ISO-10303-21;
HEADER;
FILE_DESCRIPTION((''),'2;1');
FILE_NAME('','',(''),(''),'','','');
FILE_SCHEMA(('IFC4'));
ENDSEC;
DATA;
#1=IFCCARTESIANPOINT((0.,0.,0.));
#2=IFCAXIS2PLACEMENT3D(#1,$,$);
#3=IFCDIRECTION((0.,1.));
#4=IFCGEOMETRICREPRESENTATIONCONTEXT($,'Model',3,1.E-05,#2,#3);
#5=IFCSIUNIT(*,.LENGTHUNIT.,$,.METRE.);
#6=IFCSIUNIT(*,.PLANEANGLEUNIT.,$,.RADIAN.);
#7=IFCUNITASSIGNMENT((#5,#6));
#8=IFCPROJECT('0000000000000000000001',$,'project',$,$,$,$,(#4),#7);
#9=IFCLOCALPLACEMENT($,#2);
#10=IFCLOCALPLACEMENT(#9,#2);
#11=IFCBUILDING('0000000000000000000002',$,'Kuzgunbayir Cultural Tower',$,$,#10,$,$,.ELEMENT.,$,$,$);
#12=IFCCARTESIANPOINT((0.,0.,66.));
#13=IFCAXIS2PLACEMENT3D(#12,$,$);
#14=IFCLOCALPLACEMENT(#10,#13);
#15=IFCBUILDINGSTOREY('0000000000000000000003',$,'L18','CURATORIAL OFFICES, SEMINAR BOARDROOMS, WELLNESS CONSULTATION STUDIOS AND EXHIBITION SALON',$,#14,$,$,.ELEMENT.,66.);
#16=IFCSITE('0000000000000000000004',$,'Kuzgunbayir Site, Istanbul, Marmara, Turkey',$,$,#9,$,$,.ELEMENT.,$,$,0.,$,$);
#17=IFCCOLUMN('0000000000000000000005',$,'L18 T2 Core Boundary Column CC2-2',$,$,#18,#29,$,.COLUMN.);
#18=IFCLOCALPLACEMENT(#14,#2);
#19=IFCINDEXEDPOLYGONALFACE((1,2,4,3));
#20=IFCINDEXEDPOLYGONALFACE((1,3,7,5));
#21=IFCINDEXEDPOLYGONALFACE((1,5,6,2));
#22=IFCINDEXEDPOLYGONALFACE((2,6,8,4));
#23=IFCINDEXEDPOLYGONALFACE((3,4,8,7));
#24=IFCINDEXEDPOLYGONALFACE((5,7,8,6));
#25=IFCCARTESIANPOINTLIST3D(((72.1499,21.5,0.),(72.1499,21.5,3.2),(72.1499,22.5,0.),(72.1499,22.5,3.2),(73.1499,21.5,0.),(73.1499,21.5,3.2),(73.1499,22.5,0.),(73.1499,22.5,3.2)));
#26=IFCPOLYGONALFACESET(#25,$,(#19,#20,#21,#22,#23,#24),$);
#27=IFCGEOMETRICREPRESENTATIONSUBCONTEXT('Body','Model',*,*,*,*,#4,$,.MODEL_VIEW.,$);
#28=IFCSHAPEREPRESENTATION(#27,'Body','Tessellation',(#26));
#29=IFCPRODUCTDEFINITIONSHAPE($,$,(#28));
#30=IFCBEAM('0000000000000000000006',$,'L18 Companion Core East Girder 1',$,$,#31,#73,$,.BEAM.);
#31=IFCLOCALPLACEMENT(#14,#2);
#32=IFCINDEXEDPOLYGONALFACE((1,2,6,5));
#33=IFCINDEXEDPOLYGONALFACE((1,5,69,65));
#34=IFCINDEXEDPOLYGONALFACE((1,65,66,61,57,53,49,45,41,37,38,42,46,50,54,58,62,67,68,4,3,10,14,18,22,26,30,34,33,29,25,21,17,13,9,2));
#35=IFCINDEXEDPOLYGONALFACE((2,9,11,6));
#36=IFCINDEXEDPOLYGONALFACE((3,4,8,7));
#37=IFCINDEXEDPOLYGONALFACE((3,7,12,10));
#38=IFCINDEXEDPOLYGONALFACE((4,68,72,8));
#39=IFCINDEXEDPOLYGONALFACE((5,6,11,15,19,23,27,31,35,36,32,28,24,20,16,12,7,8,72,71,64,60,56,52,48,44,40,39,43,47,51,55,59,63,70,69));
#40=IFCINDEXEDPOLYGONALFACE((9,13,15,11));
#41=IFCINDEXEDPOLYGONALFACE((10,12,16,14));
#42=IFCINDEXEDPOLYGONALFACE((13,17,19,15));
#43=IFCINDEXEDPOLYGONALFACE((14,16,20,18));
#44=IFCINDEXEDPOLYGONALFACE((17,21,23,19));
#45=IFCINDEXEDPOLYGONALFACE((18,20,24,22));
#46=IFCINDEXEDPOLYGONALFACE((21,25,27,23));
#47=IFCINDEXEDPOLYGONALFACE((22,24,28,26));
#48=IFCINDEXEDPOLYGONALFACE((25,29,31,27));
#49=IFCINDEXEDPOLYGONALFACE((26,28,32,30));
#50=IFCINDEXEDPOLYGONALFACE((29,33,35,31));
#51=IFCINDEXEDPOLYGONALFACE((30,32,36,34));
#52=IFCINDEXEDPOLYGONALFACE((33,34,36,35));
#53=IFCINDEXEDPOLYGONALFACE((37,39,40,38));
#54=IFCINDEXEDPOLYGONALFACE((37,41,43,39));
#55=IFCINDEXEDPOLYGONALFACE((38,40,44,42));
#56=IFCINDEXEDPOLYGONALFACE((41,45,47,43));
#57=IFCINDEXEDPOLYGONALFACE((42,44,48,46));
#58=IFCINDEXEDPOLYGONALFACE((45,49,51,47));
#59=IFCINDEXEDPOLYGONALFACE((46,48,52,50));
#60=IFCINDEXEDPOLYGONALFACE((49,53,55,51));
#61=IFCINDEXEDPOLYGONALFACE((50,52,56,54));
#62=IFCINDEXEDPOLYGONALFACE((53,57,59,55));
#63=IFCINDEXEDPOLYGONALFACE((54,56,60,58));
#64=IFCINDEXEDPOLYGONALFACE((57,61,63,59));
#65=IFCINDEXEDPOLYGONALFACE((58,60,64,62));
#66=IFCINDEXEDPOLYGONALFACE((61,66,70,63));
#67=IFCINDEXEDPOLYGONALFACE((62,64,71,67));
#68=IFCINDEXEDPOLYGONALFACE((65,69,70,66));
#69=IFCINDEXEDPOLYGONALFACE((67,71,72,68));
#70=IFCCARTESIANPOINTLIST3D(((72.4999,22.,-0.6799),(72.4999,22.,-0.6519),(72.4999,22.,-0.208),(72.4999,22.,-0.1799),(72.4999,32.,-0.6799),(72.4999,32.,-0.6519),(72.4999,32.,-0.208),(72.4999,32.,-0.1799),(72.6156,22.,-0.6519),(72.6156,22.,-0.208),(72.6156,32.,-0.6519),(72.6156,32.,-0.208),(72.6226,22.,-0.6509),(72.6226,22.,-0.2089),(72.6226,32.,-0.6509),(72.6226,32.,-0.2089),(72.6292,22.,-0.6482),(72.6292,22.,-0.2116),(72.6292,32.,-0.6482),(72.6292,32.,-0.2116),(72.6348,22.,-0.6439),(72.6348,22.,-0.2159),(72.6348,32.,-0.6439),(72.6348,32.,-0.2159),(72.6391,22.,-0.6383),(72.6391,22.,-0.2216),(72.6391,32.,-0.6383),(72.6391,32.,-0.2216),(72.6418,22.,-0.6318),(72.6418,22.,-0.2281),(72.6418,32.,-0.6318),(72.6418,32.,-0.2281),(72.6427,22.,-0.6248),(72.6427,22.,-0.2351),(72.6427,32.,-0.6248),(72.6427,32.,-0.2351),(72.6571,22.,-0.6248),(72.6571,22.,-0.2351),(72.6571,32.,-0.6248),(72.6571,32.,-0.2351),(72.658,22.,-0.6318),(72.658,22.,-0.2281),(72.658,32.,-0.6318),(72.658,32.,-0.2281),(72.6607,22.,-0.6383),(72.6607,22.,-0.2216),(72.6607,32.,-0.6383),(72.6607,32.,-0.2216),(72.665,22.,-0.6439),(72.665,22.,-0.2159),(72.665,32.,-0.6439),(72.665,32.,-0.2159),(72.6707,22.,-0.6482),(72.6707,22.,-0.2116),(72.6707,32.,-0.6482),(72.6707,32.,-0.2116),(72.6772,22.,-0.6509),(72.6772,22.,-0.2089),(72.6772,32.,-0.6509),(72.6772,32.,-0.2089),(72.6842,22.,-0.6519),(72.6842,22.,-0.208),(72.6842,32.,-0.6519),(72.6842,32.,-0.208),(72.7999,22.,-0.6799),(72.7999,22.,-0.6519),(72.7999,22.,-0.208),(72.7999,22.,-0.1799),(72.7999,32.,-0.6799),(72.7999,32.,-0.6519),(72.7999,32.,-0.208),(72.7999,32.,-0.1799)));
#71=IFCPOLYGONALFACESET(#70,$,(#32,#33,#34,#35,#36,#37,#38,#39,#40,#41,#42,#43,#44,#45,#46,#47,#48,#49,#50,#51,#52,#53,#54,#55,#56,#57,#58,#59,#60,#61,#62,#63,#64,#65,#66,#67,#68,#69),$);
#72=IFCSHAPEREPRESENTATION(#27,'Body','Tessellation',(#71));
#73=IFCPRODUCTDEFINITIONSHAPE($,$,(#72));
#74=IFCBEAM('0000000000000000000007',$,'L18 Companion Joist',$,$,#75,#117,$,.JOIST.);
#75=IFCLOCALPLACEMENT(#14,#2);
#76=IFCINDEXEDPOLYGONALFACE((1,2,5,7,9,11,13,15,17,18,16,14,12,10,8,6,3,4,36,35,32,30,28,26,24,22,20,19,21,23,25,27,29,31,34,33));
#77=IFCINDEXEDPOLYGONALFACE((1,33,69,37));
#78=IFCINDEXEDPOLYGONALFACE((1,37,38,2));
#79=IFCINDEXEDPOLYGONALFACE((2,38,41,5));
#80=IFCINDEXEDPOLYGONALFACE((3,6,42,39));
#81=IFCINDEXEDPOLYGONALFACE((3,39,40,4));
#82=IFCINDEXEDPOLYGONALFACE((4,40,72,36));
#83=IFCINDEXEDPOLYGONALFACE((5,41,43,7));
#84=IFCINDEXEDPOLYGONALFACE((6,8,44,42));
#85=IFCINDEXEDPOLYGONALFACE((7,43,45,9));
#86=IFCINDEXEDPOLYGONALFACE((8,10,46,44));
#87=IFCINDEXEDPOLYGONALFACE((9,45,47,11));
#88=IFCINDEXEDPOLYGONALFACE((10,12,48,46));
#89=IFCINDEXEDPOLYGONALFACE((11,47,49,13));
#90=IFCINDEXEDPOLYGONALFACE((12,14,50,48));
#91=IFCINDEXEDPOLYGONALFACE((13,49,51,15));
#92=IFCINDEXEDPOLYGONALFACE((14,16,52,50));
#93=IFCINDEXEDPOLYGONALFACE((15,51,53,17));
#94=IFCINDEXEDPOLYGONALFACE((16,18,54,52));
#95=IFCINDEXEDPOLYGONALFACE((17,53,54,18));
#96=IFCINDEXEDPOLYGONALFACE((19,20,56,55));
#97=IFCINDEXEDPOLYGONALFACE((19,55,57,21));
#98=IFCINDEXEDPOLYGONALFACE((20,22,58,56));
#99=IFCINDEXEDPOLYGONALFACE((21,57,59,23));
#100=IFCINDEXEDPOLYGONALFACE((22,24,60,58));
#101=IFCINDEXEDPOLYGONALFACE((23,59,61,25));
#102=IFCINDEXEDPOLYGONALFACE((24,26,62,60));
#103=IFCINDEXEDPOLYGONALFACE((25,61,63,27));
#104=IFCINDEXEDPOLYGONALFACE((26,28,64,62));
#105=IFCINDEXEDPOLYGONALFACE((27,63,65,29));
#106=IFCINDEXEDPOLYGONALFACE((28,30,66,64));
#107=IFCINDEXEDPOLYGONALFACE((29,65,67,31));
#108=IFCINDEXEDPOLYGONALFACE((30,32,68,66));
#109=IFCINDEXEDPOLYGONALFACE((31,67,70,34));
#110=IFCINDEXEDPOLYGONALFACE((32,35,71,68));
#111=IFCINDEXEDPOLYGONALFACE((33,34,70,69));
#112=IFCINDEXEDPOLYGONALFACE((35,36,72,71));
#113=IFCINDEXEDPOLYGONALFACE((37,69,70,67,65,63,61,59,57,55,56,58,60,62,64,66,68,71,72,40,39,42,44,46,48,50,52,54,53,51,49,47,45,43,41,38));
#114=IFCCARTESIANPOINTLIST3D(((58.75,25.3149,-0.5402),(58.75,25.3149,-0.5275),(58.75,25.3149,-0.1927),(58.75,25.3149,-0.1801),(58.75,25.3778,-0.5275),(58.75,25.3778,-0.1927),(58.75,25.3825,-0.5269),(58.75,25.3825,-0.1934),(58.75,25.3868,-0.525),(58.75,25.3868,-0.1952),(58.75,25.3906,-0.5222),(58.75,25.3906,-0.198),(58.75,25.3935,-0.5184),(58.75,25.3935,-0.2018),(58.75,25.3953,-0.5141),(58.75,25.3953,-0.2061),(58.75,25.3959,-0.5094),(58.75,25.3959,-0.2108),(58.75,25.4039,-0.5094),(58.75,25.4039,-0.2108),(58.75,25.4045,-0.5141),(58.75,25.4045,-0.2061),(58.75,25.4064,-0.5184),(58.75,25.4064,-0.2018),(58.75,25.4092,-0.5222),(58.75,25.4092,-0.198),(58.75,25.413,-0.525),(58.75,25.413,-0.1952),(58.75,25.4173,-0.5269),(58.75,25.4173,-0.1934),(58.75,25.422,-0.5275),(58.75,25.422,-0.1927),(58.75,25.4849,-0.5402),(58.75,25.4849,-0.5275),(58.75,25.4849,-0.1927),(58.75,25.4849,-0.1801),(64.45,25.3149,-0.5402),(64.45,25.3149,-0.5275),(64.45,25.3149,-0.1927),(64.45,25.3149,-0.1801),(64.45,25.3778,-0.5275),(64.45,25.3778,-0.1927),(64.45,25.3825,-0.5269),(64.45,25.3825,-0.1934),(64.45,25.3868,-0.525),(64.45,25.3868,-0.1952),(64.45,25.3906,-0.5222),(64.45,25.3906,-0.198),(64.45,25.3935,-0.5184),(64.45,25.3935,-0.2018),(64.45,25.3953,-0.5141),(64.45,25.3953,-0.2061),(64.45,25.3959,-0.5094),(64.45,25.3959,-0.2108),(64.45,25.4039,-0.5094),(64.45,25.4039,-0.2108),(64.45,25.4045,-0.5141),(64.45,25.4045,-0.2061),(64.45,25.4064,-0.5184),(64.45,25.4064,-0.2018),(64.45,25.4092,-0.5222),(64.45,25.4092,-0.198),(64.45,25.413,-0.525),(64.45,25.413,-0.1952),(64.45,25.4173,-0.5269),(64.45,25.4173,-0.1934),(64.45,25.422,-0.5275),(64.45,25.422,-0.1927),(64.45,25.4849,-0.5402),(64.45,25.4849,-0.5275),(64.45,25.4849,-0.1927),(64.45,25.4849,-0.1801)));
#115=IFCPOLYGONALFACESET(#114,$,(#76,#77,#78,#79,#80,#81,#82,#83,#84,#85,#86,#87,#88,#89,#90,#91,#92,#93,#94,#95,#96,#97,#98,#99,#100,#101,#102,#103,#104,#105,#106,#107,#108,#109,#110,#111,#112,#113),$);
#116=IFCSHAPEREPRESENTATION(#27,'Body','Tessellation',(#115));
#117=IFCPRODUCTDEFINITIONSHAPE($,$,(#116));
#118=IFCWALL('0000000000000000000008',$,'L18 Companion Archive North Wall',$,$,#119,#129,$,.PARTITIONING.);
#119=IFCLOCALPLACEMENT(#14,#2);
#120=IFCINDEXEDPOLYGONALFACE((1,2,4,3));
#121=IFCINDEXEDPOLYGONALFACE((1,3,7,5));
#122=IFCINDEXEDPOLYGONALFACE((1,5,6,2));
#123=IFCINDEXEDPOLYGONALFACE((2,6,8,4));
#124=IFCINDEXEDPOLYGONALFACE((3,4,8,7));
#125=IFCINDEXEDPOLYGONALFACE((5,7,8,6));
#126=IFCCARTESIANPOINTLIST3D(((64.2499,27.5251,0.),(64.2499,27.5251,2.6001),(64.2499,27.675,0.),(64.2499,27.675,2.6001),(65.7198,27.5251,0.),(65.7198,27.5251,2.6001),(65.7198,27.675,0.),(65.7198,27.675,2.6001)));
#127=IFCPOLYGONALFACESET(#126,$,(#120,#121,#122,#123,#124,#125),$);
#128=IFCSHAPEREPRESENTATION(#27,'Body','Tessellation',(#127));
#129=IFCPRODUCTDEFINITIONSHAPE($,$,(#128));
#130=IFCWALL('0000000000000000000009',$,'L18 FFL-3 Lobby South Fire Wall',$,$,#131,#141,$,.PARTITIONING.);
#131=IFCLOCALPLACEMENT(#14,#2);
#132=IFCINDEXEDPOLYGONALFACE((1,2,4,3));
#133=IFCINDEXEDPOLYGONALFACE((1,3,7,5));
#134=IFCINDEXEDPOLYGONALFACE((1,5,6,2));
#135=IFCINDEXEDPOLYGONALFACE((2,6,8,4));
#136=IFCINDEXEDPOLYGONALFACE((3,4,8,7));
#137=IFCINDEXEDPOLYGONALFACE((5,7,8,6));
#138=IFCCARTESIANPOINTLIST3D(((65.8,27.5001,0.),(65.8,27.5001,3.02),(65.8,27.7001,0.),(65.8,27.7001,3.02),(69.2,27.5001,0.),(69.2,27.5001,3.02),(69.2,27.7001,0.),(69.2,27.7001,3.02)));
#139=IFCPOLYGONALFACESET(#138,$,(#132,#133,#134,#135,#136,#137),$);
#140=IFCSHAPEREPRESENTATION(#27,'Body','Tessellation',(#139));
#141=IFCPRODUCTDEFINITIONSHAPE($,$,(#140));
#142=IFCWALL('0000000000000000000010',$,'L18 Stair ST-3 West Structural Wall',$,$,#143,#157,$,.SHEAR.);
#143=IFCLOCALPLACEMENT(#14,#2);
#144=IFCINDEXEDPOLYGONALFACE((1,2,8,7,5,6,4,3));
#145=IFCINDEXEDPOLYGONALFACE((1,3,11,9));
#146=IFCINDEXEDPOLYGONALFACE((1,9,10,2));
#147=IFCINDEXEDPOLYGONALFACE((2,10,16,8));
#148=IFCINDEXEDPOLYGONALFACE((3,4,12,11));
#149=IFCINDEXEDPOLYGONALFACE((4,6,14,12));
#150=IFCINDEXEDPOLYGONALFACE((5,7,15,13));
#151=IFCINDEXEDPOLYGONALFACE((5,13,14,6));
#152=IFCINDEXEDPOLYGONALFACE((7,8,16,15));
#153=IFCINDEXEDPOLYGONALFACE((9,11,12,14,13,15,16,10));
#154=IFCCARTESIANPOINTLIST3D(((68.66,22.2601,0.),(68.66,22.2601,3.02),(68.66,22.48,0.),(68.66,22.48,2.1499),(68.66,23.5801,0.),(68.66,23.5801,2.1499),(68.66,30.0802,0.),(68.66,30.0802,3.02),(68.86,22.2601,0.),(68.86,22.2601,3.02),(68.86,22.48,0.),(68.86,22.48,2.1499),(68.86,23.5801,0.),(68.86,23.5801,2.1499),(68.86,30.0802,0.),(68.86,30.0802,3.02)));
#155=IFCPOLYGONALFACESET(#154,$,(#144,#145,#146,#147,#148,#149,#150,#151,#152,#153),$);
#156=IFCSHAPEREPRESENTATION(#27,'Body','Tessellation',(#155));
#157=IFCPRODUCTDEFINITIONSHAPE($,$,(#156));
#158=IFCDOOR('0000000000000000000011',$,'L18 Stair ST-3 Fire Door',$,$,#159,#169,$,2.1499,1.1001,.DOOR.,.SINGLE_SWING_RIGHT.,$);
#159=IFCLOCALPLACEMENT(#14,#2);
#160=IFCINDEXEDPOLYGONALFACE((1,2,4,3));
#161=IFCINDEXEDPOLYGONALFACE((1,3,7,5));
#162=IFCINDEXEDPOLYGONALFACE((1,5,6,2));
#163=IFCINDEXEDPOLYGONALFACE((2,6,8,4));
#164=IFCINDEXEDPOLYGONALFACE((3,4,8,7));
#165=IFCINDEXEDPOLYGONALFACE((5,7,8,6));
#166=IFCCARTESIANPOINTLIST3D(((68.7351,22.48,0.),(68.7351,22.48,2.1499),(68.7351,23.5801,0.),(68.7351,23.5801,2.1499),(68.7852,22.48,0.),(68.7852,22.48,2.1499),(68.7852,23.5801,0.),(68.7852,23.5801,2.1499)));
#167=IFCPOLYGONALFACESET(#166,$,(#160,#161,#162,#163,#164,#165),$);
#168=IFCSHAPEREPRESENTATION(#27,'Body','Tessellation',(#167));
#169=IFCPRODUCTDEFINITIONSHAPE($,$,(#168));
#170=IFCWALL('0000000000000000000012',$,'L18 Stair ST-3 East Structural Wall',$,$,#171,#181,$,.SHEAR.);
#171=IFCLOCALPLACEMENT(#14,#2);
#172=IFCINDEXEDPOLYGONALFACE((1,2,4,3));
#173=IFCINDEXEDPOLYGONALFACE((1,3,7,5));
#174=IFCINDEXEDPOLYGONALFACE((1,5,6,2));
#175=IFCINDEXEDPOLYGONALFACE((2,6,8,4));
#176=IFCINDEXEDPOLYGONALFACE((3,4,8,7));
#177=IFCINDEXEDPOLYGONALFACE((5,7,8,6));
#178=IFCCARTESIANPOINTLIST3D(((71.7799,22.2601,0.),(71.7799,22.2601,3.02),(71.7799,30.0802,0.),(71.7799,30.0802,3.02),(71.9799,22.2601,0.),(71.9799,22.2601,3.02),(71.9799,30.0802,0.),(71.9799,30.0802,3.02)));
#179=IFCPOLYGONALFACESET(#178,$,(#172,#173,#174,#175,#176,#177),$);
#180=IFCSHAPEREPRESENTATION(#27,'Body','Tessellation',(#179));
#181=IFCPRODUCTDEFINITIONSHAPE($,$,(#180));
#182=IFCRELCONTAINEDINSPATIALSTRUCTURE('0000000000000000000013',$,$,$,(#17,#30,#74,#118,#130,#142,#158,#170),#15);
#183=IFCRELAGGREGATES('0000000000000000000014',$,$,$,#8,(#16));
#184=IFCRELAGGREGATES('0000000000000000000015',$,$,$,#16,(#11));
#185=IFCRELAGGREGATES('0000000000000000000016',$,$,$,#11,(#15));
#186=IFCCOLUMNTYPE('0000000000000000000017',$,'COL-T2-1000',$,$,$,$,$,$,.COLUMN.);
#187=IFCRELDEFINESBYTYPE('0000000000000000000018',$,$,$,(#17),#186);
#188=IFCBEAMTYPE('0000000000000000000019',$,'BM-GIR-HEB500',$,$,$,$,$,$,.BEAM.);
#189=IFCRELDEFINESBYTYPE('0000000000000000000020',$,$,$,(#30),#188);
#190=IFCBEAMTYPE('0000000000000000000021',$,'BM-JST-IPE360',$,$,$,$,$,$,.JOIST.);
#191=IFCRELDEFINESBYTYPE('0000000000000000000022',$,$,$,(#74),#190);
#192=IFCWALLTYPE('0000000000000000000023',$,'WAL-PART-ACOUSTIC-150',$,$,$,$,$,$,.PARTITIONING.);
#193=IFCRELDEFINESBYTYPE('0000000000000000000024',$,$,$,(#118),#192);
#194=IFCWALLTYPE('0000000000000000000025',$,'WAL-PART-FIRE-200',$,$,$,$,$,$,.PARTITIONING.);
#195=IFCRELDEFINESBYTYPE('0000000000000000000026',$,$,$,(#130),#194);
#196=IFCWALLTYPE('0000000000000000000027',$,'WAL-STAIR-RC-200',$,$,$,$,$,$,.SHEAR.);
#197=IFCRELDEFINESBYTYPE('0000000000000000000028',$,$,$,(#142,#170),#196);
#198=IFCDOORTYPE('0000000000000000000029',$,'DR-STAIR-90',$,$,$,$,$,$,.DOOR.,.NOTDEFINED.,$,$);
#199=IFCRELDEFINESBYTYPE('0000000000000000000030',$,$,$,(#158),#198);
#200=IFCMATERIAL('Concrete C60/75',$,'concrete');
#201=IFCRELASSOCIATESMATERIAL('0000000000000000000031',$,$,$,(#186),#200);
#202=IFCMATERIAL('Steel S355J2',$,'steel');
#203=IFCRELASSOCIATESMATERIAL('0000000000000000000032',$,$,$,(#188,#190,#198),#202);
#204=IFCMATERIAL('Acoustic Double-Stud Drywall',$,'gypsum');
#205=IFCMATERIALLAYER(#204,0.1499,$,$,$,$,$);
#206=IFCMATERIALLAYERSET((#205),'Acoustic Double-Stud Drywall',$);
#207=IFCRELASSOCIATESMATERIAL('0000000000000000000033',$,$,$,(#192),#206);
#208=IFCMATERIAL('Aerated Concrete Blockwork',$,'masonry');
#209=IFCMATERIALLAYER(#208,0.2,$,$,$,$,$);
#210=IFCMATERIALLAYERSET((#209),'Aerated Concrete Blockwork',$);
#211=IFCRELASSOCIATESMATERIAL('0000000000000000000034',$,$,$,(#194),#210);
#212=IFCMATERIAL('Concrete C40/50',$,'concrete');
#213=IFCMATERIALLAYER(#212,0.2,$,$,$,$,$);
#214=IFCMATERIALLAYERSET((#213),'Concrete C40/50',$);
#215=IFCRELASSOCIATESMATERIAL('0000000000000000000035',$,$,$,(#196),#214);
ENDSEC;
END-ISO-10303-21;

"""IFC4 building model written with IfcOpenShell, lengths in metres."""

from ifc_helpers import new_model, si_unit, direction, frame, frame_2d, origin, origin_2d, place, context, subcontext, project, spatial, rectangle, i_section, extrude, material, layer, layer_set, material_profile, profile_set, type_object, element, fill, save


model = new_model("IFC4")

# Units and contexts
model_context = context("Model", 3, precision=1e-05, world=origin(), true_north=direction((0.0, 1.0)))
body_context = subcontext(model_context, "Body", "Model", "MODEL_VIEW")
ifc_project = project(units=[si_unit("LENGTHUNIT", "METRE"), si_unit("PLANEANGLEUNIT", "RADIAN")], contexts=[model_context])

# Site, building, storey
site_placement = place(None, origin())
site = spatial("IfcSite", under=ifc_project, at=site_placement, Name="Kuzgunbayir Site, Istanbul, Marmara, Turkey", CompositionType="ELEMENT", RefElevation=0.0)
building_placement = place(site_placement, origin())
building = spatial("IfcBuilding", under=site, at=building_placement, Name="Kuzgunbayir Cultural Tower", CompositionType="ELEMENT")
storey_placement = place(building_placement, frame((0.0, 0.0, 66.0)))
storey = spatial("IfcBuildingStorey", under=building, at=storey_placement, Name="L18", Description="CURATORIAL OFFICES, SEMINAR BOARDROOMS, WELLNESS CONSULTATION STUDIOS AND EXHIBITION SALON", CompositionType="ELEMENT", Elevation=66.0)

# Column
ifc_material_1 = material(Name="Concrete C60/75", Category="concrete")
ifc_material_profile_1 = material_profile(ifc_material_1, rectangle(XDim=1.0, YDim=1.0, at=origin_2d()), Name="RC 1000x1000")
ifc_profile_set_1 = profile_set([ifc_material_profile_1], Name="Concrete C60/75")
column_type = type_object("IfcColumnType", Name="COL-T2-1000", PredefinedType="COLUMN", material=ifc_profile_set_1)
column_placement = place(storey_placement, frame((72.6499, 22.0, 0.0), z_axis=(0.0, 0.0, 1.0), x_axis=(1.0, 0.0, 0.0)))
element("IfcColumn", 1, at=column_placement, inside=storey, type_object=column_type, Name="L18 T2 Core Boundary Column CC2-2", PredefinedType="COLUMN", context=body_context, shape_type="SweptSolid", body=[
    extrude(rectangle(XDim=1.0, YDim=1.0, at=origin_2d()), origin(), (0.0, 0.0, 1.0), 3.2),
])

# Beams
ifc_material_2 = material(Name="Steel S355J2", Category="steel")
ifc_material_profile_2 = material_profile(ifc_material_2, i_section(OverallWidth=0.3, OverallDepth=0.5, WebThickness=0.0144, FlangeThickness=0.0281, FilletRadius=0.0271, at=origin_2d()), Name="HEB 500")
ifc_profile_set_2 = profile_set([ifc_material_profile_2], Name="Steel S355J2")
beam_type_1 = type_object("IfcBeamType", Name="BM-GIR-HEB500", PredefinedType="BEAM", material=ifc_profile_set_2)
beam_1_placement = place(storey_placement, frame((72.6499, 22.0, -0.4299), z_axis=(0.0, 1.0, 0.0), x_axis=(-1.0, 0.0, 0.0)))
element("IfcBeam", 2, at=beam_1_placement, inside=storey, type_object=beam_type_1, Name="L18 Companion Core East Girder 1", PredefinedType="BEAM", context=body_context, shape_type="SweptSolid", body=[
    extrude(i_section(OverallWidth=0.3, OverallDepth=0.5, WebThickness=0.0144, FlangeThickness=0.0281, FilletRadius=0.0271, at=origin_2d()), origin(), (0.0, 0.0, 1.0), 10.0),
])
ifc_material_profile_3 = material_profile(ifc_material_2, i_section(OverallWidth=0.1699, OverallDepth=0.3601, WebThickness=0.0081, FlangeThickness=0.0127, FilletRadius=0.0181, at=origin_2d()), Name="IPE 360")
ifc_profile_set_3 = profile_set([ifc_material_profile_3], Name="Steel S355J2")
beam_type_2 = type_object("IfcBeamType", Name="BM-JST-IPE360", PredefinedType="JOIST", material=ifc_profile_set_3)
beam_2_placement = place(storey_placement, frame((58.75, 25.3999, -0.3601), z_axis=(1.0, 0.0, 0.0), x_axis=(0.0, 1.0, 0.0)))
element("IfcBeam", 3, at=beam_2_placement, inside=storey, type_object=beam_type_2, Name="L18 Companion Joist", PredefinedType="JOIST", context=body_context, shape_type="SweptSolid", body=[
    extrude(i_section(OverallWidth=0.1699, OverallDepth=0.3601, WebThickness=0.0081, FlangeThickness=0.0127, FilletRadius=0.0181, at=origin_2d()), origin(), (0.0, 0.0, 1.0), 5.7),
])

# Wall
ifc_material_3 = material(Name="Acoustic Double-Stud Drywall", Category="gypsum")
ifc_layer_1 = layer(ifc_material_3, 0.1499)
ifc_layer_set_1 = layer_set([ifc_layer_1], Name="Acoustic Double-Stud Drywall")
wall_type_1 = type_object("IfcWallType", Name="WAL-PART-ACOUSTIC-150", PredefinedType="PARTITIONING", material=ifc_layer_set_1)
wall_1_placement = place(storey_placement, frame((64.25, 27.6001, 0.0), z_axis=(0.0, 0.0, 1.0), x_axis=(1.0, 0.0, 0.0)))
element("IfcWall", 4, at=wall_1_placement, inside=storey, type_object=wall_type_1, Name="L18 Companion Archive North Wall", PredefinedType="PARTITIONING", context=body_context, shape_type="SweptSolid", body=[
    extrude(rectangle(XDim=1.47, YDim=0.1499, at=frame_2d((0.7349, 0.0))), origin(), (0.0, 0.0, 1.0), 2.6001),
])

# Shared definitions
ifc_material_4 = material(Name="Aerated Concrete Blockwork", Category="masonry")
ifc_layer_2 = layer(ifc_material_4, 0.2)
ifc_layer_set_2 = layer_set([ifc_layer_2], Name="Aerated Concrete Blockwork")
wall_type_2 = type_object("IfcWallType", Name="WAL-PART-FIRE-200", PredefinedType="PARTITIONING", material=ifc_layer_set_2)

# Wall
wall_2_placement = place(storey_placement, frame((65.8, 27.6001, 0.0), z_axis=(0.0, 0.0, 1.0), x_axis=(1.0, 0.0, 0.0)))
element("IfcWall", 5, at=wall_2_placement, inside=storey, type_object=wall_type_2, Name="L18 FFL-3 Lobby South Fire Wall", PredefinedType="PARTITIONING", context=body_context, shape_type="SweptSolid", body=[
    extrude(rectangle(XDim=3.3999, YDim=0.2, at=frame_2d((1.7, 0.0))), origin(), (0.0, 0.0, 1.0), 3.02),
])

# Wall, opening, door
ifc_material_5 = material(Name="Concrete C40/50", Category="concrete")
ifc_layer_3 = layer(ifc_material_5, 0.2)
ifc_layer_set_3 = layer_set([ifc_layer_3], Name="Concrete C40/50")
wall_type_3 = type_object("IfcWallType", Name="WAL-STAIR-RC-200", PredefinedType="SHEAR", material=ifc_layer_set_3)
wall_3_placement = place(storey_placement, frame((68.76, 22.26, 0.0), z_axis=(0.0, 0.0, 1.0), x_axis=(0.0, 1.0, 0.0)))
wall_3 = element("IfcWall", 6, at=wall_3_placement, inside=storey, type_object=wall_type_3, Name="L18 Stair ST-3 West Structural Wall", PredefinedType="SHEAR", context=body_context, shape_type="SweptSolid", body=[
    extrude(rectangle(XDim=7.8201, YDim=0.2, at=frame_2d((3.9102, 0.0))), origin(), (0.0, 0.0, 1.0), 3.02),
])
opening_1_placement = place(wall_3_placement, frame((0.22, 0.0, 0.0)))
opening_1 = element("IfcOpeningElement", 7, at=opening_1_placement, cuts=wall_3, PredefinedType="OPENING", context=body_context, shape_type="SweptSolid", body=[
    extrude(rectangle(XDim=1.1001, YDim=2.1499, at=frame_2d((0.55, 1.075))), frame((0.0, 0.1099, 0.0), z_axis=(0.0, -1.0, 0.0), x_axis=(1.0, 0.0, 0.0)), (0.0, 0.0, 1.0), 0.22),
])
door_type_1 = type_object("IfcDoorType", Name="DR-STAIR-90", OperationType="NOTDEFINED", PredefinedType="DOOR", material=ifc_material_2)
door_1_placement = place(opening_1_placement, origin())
door_1 = element("IfcDoor", 8, at=door_1_placement, inside=storey, type_object=door_type_1, Name="L18 Stair ST-3 Fire Door", OperationType="SINGLE_SWING_RIGHT", OverallHeight=2.1499, OverallWidth=1.1001, PredefinedType="DOOR", context=body_context, shape_type="SweptSolid", body=[
    extrude(rectangle(XDim=1.1001, YDim=2.1499, at=frame_2d((0.55, 1.075))), frame((0.0, 0.0249, 0.0), z_axis=(0.0, -1.0, 0.0), x_axis=(1.0, 0.0, 0.0)), (0.0, 0.0, 1.0), 0.05),
])
fill(opening_1, door_1)

# Wall
wall_4_placement = place(storey_placement, frame((71.8799, 22.26, 0.0), z_axis=(0.0, 0.0, 1.0), x_axis=(0.0, 1.0, 0.0)))
element("IfcWall", 9, at=wall_4_placement, inside=storey, type_object=wall_type_3, Name="L18 Stair ST-3 East Structural Wall", PredefinedType="SHEAR", context=body_context, shape_type="SweptSolid", body=[
    extrude(rectangle(XDim=7.8201, YDim=0.2, at=frame_2d((3.9102, 0.0))), origin(), (0.0, 0.0, 1.0), 3.02),
])

save(model, "model.ifc")
